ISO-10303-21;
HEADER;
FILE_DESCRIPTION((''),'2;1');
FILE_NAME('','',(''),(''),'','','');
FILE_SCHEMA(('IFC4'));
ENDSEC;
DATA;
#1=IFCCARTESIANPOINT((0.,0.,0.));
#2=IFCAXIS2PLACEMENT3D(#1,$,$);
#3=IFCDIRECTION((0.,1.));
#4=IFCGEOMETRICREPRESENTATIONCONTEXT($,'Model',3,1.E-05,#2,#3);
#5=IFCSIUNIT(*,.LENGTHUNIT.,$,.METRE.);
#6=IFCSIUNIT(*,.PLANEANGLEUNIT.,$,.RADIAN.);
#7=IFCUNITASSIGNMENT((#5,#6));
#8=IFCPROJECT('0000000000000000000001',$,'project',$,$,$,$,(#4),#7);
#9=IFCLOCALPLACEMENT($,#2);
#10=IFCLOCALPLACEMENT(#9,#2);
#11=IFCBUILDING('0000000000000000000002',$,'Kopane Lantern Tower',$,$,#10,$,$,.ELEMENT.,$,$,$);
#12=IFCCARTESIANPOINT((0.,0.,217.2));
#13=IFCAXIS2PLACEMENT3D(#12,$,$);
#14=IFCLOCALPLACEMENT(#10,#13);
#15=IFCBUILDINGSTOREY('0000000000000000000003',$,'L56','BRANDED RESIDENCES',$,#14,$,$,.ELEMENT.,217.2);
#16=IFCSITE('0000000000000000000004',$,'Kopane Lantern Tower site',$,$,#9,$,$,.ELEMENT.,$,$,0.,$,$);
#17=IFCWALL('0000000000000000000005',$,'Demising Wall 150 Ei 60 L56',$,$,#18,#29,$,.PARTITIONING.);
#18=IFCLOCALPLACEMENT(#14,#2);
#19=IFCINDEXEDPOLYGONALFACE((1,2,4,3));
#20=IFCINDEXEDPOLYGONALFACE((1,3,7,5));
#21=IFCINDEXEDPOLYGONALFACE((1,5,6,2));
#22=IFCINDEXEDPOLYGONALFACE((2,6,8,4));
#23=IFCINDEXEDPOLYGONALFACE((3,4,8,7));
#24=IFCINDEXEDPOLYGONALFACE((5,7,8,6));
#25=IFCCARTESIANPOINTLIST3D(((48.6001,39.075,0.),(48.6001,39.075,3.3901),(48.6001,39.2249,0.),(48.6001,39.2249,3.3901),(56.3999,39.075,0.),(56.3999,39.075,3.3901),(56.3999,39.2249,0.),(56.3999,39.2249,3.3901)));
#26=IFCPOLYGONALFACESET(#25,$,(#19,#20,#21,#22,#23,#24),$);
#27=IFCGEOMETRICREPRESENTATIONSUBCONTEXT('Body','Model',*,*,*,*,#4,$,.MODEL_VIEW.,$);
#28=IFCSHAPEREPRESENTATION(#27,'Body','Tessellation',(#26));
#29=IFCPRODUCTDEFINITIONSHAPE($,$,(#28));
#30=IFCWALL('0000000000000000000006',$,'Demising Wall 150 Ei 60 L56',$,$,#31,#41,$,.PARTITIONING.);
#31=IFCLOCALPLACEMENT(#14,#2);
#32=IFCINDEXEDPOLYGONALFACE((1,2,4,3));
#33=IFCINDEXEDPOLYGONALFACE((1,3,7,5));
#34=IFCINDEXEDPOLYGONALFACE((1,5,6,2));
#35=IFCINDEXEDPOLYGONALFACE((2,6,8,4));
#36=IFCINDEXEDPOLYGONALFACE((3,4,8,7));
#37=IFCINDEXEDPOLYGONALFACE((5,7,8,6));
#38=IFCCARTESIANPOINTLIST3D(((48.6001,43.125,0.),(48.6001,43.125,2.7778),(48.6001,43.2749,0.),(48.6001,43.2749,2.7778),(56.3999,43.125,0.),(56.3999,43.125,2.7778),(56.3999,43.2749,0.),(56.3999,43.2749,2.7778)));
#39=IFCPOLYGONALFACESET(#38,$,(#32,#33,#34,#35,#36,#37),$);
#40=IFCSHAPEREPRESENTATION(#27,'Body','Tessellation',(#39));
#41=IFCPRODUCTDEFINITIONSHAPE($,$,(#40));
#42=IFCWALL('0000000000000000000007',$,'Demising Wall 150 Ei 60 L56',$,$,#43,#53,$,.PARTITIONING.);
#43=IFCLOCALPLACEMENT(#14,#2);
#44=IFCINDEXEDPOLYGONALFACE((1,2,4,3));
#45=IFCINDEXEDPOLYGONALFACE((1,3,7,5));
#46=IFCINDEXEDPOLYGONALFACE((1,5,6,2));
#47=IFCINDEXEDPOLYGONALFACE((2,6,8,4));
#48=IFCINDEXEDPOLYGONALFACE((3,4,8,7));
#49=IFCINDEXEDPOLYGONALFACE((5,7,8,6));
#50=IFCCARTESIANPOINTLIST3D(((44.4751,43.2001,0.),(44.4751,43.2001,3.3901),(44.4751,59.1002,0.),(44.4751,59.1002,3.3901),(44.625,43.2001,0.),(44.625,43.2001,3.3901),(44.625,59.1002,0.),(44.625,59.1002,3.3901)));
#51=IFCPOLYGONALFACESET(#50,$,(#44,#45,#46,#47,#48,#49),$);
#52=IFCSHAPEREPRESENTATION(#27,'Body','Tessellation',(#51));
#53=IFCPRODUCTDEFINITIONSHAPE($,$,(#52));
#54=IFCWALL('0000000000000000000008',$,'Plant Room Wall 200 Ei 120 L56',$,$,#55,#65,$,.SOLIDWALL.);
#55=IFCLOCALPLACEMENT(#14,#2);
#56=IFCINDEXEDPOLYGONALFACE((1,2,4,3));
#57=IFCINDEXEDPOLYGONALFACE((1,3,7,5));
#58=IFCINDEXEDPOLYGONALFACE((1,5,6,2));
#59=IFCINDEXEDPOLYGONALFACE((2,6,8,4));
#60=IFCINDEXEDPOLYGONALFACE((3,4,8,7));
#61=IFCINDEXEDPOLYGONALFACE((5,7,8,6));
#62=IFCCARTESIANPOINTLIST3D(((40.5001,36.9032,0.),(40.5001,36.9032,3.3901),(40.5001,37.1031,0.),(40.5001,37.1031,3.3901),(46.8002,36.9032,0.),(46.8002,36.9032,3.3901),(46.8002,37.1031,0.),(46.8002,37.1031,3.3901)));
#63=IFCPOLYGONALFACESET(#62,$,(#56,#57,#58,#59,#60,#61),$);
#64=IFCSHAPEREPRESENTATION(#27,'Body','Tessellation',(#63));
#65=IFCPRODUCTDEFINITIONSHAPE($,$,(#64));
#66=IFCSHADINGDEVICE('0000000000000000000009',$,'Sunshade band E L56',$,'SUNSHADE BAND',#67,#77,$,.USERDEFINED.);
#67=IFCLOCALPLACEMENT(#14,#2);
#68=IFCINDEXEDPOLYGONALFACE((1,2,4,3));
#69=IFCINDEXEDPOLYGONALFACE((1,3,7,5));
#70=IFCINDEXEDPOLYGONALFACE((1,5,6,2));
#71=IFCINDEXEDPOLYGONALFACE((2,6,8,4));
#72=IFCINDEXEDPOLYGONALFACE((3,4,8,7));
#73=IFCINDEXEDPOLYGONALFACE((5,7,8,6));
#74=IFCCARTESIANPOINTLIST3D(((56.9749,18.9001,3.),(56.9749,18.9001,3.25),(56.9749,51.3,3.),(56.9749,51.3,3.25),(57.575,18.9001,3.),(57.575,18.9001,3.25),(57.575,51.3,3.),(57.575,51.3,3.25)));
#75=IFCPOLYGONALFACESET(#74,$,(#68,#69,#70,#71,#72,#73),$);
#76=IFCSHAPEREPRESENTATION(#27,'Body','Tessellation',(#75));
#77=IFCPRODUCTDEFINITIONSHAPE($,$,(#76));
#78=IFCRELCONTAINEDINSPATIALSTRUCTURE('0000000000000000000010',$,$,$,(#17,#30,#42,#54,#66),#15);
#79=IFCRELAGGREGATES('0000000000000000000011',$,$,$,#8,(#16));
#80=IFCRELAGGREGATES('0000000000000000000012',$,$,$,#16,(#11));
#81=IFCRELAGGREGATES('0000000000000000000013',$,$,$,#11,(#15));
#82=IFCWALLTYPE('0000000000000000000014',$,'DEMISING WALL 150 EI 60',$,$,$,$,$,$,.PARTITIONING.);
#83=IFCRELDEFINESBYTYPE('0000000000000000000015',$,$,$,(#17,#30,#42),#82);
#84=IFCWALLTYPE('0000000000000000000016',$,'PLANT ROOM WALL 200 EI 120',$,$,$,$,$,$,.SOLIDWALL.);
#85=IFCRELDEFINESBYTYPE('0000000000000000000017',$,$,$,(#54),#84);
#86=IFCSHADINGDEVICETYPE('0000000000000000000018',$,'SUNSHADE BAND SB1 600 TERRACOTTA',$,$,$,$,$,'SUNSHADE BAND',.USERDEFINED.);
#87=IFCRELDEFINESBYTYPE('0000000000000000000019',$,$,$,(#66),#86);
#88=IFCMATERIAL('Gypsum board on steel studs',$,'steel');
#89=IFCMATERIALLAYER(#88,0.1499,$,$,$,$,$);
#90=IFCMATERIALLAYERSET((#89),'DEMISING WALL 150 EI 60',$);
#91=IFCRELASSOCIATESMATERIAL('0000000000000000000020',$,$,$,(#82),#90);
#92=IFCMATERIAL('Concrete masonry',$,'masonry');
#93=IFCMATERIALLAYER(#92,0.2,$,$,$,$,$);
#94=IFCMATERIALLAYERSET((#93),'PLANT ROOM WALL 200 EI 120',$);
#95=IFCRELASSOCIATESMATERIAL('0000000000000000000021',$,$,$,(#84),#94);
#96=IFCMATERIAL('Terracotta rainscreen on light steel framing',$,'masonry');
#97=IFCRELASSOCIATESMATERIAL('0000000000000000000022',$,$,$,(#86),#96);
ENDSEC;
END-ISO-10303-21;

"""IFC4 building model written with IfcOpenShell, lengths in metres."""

from ifc_helpers import new_model, si_unit, direction, frame, frame_2d, origin, origin_2d, place, context, subcontext, project, spatial, rectangle, extrude, material, layer, layer_set, type_object, element, save


model = new_model("IFC4")

# Units and contexts
model_context = context("Model", 3, precision=1e-05, world=origin(), true_north=direction((0.0, 1.0)))
body_context = subcontext(model_context, "Body", "Model", "MODEL_VIEW")
ifc_project = project(units=[si_unit("LENGTHUNIT", "METRE"), si_unit("PLANEANGLEUNIT", "RADIAN")], contexts=[model_context])

# Site, building, storey
site_placement = place(None, origin())
site = spatial("IfcSite", under=ifc_project, at=site_placement, Name="Kopane Lantern Tower site", CompositionType="ELEMENT", RefElevation=0.0)
building_placement = place(site_placement, origin())
building = spatial("IfcBuilding", under=site, at=building_placement, Name="Kopane Lantern Tower", CompositionType="ELEMENT")
storey_placement = place(building_placement, frame((0.0, 0.0, 217.2)))
storey = spatial("IfcBuildingStorey", under=building, at=storey_placement, Name="L56", Description="BRANDED RESIDENCES", CompositionType="ELEMENT", Elevation=217.2)

# Walls
ifc_material_1 = material(Name="Gypsum board on steel studs", Category="steel")
ifc_layer_1 = layer(ifc_material_1, 0.1499)
ifc_layer_set_1 = layer_set([ifc_layer_1], Name="DEMISING WALL 150 EI 60")
wall_type_1 = type_object("IfcWallType", Name="DEMISING WALL 150 EI 60", PredefinedType="PARTITIONING", material=ifc_layer_set_1)
wall_1_placement = place(storey_placement, frame((48.6001, 39.1499, 0.0), z_axis=(0.0, 0.0, 1.0), x_axis=(1.0, 0.0, 0.0)))
element("IfcWall", 1, at=wall_1_placement, inside=storey, type_object=wall_type_1, Name="Demising Wall 150 Ei 60 L56", PredefinedType="PARTITIONING", context=body_context, shape_type="SweptSolid", body=[
    extrude(rectangle(XDim=7.7998, YDim=0.1499, at=frame_2d((3.8999, 0.0))), origin(), (0.0, 0.0, 1.0), 3.3901),
])
wall_2_placement = place(storey_placement, frame((48.6001, 43.2, 0.0), z_axis=(0.0, 0.0, 1.0), x_axis=(1.0, 0.0, 0.0)))
element("IfcWall", 2, at=wall_2_placement, inside=storey, type_object=wall_type_1, Name="Demising Wall 150 Ei 60 L56", PredefinedType="PARTITIONING", context=body_context, shape_type="SweptSolid", body=[
    extrude(rectangle(XDim=7.7998, YDim=0.1499, at=frame_2d((3.8999, 0.0))), origin(), (0.0, 0.0, 1.0), 2.7778),
])
wall_3_placement = place(storey_placement, frame((44.55, 43.2, 0.0), z_axis=(0.0, 0.0, 1.0), x_axis=(0.0, 1.0, 0.0)))
element("IfcWall", 3, at=wall_3_placement, inside=storey, type_object=wall_type_1, Name="Demising Wall 150 Ei 60 L56", PredefinedType="PARTITIONING", context=body_context, shape_type="SweptSolid", body=[
    extrude(rectangle(XDim=15.9001, YDim=0.1499, at=frame_2d((7.9502, 0.0))), origin(), (0.0, 0.0, 1.0), 3.3901),
])
ifc_material_2 = material(Name="Concrete masonry", Category="masonry")
ifc_layer_2 = layer(ifc_material_2, 0.2)
ifc_layer_set_2 = layer_set([ifc_layer_2], Name="PLANT ROOM WALL 200 EI 120")
wall_type_2 = type_object("IfcWallType", Name="PLANT ROOM WALL 200 EI 120", PredefinedType="SOLIDWALL", material=ifc_layer_set_2)
wall_4_placement = place(storey_placement, frame((46.8, 37.0032, 0.0), z_axis=(0.0, 0.0, 1.0), x_axis=(-1.0, 0.0, 0.0)))
element("IfcWall", 4, at=wall_4_placement, inside=storey, type_object=wall_type_2, Name="Plant Room Wall 200 Ei 120 L56", PredefinedType="SOLIDWALL", context=body_context, shape_type="SweptSolid", body=[
    extrude(rectangle(XDim=6.3, YDim=0.2, at=frame_2d((3.1499, 0.0))), origin(), (0.0, 0.0, 1.0), 3.3901),
])

# Shading device
ifc_material_3 = material(Name="Terracotta rainscreen on light steel framing", Category="masonry")
shading_device_type = type_object("IfcShadingDeviceType", Name="SUNSHADE BAND SB1 600 TERRACOTTA", ElementType="SUNSHADE BAND", PredefinedType="USERDEFINED", material=ifc_material_3)
shading_device_placement = place(storey_placement, frame((57.2749, 35.1001, 3.0), z_axis=(0.0, 0.0, 1.0), x_axis=(0.0, 1.0, 0.0)))
element("IfcShadingDevice", 5, at=shading_device_placement, inside=storey, type_object=shading_device_type, Name="Sunshade band E L56", ObjectType="SUNSHADE BAND", PredefinedType="USERDEFINED", context=body_context, shape_type="SweptSolid", body=[
    extrude(rectangle(XDim=32.3999, YDim=0.6001, at=origin_2d()), origin(), (0.0, 0.0, 1.0), 0.25),
])

save(model, "model.ifc")
